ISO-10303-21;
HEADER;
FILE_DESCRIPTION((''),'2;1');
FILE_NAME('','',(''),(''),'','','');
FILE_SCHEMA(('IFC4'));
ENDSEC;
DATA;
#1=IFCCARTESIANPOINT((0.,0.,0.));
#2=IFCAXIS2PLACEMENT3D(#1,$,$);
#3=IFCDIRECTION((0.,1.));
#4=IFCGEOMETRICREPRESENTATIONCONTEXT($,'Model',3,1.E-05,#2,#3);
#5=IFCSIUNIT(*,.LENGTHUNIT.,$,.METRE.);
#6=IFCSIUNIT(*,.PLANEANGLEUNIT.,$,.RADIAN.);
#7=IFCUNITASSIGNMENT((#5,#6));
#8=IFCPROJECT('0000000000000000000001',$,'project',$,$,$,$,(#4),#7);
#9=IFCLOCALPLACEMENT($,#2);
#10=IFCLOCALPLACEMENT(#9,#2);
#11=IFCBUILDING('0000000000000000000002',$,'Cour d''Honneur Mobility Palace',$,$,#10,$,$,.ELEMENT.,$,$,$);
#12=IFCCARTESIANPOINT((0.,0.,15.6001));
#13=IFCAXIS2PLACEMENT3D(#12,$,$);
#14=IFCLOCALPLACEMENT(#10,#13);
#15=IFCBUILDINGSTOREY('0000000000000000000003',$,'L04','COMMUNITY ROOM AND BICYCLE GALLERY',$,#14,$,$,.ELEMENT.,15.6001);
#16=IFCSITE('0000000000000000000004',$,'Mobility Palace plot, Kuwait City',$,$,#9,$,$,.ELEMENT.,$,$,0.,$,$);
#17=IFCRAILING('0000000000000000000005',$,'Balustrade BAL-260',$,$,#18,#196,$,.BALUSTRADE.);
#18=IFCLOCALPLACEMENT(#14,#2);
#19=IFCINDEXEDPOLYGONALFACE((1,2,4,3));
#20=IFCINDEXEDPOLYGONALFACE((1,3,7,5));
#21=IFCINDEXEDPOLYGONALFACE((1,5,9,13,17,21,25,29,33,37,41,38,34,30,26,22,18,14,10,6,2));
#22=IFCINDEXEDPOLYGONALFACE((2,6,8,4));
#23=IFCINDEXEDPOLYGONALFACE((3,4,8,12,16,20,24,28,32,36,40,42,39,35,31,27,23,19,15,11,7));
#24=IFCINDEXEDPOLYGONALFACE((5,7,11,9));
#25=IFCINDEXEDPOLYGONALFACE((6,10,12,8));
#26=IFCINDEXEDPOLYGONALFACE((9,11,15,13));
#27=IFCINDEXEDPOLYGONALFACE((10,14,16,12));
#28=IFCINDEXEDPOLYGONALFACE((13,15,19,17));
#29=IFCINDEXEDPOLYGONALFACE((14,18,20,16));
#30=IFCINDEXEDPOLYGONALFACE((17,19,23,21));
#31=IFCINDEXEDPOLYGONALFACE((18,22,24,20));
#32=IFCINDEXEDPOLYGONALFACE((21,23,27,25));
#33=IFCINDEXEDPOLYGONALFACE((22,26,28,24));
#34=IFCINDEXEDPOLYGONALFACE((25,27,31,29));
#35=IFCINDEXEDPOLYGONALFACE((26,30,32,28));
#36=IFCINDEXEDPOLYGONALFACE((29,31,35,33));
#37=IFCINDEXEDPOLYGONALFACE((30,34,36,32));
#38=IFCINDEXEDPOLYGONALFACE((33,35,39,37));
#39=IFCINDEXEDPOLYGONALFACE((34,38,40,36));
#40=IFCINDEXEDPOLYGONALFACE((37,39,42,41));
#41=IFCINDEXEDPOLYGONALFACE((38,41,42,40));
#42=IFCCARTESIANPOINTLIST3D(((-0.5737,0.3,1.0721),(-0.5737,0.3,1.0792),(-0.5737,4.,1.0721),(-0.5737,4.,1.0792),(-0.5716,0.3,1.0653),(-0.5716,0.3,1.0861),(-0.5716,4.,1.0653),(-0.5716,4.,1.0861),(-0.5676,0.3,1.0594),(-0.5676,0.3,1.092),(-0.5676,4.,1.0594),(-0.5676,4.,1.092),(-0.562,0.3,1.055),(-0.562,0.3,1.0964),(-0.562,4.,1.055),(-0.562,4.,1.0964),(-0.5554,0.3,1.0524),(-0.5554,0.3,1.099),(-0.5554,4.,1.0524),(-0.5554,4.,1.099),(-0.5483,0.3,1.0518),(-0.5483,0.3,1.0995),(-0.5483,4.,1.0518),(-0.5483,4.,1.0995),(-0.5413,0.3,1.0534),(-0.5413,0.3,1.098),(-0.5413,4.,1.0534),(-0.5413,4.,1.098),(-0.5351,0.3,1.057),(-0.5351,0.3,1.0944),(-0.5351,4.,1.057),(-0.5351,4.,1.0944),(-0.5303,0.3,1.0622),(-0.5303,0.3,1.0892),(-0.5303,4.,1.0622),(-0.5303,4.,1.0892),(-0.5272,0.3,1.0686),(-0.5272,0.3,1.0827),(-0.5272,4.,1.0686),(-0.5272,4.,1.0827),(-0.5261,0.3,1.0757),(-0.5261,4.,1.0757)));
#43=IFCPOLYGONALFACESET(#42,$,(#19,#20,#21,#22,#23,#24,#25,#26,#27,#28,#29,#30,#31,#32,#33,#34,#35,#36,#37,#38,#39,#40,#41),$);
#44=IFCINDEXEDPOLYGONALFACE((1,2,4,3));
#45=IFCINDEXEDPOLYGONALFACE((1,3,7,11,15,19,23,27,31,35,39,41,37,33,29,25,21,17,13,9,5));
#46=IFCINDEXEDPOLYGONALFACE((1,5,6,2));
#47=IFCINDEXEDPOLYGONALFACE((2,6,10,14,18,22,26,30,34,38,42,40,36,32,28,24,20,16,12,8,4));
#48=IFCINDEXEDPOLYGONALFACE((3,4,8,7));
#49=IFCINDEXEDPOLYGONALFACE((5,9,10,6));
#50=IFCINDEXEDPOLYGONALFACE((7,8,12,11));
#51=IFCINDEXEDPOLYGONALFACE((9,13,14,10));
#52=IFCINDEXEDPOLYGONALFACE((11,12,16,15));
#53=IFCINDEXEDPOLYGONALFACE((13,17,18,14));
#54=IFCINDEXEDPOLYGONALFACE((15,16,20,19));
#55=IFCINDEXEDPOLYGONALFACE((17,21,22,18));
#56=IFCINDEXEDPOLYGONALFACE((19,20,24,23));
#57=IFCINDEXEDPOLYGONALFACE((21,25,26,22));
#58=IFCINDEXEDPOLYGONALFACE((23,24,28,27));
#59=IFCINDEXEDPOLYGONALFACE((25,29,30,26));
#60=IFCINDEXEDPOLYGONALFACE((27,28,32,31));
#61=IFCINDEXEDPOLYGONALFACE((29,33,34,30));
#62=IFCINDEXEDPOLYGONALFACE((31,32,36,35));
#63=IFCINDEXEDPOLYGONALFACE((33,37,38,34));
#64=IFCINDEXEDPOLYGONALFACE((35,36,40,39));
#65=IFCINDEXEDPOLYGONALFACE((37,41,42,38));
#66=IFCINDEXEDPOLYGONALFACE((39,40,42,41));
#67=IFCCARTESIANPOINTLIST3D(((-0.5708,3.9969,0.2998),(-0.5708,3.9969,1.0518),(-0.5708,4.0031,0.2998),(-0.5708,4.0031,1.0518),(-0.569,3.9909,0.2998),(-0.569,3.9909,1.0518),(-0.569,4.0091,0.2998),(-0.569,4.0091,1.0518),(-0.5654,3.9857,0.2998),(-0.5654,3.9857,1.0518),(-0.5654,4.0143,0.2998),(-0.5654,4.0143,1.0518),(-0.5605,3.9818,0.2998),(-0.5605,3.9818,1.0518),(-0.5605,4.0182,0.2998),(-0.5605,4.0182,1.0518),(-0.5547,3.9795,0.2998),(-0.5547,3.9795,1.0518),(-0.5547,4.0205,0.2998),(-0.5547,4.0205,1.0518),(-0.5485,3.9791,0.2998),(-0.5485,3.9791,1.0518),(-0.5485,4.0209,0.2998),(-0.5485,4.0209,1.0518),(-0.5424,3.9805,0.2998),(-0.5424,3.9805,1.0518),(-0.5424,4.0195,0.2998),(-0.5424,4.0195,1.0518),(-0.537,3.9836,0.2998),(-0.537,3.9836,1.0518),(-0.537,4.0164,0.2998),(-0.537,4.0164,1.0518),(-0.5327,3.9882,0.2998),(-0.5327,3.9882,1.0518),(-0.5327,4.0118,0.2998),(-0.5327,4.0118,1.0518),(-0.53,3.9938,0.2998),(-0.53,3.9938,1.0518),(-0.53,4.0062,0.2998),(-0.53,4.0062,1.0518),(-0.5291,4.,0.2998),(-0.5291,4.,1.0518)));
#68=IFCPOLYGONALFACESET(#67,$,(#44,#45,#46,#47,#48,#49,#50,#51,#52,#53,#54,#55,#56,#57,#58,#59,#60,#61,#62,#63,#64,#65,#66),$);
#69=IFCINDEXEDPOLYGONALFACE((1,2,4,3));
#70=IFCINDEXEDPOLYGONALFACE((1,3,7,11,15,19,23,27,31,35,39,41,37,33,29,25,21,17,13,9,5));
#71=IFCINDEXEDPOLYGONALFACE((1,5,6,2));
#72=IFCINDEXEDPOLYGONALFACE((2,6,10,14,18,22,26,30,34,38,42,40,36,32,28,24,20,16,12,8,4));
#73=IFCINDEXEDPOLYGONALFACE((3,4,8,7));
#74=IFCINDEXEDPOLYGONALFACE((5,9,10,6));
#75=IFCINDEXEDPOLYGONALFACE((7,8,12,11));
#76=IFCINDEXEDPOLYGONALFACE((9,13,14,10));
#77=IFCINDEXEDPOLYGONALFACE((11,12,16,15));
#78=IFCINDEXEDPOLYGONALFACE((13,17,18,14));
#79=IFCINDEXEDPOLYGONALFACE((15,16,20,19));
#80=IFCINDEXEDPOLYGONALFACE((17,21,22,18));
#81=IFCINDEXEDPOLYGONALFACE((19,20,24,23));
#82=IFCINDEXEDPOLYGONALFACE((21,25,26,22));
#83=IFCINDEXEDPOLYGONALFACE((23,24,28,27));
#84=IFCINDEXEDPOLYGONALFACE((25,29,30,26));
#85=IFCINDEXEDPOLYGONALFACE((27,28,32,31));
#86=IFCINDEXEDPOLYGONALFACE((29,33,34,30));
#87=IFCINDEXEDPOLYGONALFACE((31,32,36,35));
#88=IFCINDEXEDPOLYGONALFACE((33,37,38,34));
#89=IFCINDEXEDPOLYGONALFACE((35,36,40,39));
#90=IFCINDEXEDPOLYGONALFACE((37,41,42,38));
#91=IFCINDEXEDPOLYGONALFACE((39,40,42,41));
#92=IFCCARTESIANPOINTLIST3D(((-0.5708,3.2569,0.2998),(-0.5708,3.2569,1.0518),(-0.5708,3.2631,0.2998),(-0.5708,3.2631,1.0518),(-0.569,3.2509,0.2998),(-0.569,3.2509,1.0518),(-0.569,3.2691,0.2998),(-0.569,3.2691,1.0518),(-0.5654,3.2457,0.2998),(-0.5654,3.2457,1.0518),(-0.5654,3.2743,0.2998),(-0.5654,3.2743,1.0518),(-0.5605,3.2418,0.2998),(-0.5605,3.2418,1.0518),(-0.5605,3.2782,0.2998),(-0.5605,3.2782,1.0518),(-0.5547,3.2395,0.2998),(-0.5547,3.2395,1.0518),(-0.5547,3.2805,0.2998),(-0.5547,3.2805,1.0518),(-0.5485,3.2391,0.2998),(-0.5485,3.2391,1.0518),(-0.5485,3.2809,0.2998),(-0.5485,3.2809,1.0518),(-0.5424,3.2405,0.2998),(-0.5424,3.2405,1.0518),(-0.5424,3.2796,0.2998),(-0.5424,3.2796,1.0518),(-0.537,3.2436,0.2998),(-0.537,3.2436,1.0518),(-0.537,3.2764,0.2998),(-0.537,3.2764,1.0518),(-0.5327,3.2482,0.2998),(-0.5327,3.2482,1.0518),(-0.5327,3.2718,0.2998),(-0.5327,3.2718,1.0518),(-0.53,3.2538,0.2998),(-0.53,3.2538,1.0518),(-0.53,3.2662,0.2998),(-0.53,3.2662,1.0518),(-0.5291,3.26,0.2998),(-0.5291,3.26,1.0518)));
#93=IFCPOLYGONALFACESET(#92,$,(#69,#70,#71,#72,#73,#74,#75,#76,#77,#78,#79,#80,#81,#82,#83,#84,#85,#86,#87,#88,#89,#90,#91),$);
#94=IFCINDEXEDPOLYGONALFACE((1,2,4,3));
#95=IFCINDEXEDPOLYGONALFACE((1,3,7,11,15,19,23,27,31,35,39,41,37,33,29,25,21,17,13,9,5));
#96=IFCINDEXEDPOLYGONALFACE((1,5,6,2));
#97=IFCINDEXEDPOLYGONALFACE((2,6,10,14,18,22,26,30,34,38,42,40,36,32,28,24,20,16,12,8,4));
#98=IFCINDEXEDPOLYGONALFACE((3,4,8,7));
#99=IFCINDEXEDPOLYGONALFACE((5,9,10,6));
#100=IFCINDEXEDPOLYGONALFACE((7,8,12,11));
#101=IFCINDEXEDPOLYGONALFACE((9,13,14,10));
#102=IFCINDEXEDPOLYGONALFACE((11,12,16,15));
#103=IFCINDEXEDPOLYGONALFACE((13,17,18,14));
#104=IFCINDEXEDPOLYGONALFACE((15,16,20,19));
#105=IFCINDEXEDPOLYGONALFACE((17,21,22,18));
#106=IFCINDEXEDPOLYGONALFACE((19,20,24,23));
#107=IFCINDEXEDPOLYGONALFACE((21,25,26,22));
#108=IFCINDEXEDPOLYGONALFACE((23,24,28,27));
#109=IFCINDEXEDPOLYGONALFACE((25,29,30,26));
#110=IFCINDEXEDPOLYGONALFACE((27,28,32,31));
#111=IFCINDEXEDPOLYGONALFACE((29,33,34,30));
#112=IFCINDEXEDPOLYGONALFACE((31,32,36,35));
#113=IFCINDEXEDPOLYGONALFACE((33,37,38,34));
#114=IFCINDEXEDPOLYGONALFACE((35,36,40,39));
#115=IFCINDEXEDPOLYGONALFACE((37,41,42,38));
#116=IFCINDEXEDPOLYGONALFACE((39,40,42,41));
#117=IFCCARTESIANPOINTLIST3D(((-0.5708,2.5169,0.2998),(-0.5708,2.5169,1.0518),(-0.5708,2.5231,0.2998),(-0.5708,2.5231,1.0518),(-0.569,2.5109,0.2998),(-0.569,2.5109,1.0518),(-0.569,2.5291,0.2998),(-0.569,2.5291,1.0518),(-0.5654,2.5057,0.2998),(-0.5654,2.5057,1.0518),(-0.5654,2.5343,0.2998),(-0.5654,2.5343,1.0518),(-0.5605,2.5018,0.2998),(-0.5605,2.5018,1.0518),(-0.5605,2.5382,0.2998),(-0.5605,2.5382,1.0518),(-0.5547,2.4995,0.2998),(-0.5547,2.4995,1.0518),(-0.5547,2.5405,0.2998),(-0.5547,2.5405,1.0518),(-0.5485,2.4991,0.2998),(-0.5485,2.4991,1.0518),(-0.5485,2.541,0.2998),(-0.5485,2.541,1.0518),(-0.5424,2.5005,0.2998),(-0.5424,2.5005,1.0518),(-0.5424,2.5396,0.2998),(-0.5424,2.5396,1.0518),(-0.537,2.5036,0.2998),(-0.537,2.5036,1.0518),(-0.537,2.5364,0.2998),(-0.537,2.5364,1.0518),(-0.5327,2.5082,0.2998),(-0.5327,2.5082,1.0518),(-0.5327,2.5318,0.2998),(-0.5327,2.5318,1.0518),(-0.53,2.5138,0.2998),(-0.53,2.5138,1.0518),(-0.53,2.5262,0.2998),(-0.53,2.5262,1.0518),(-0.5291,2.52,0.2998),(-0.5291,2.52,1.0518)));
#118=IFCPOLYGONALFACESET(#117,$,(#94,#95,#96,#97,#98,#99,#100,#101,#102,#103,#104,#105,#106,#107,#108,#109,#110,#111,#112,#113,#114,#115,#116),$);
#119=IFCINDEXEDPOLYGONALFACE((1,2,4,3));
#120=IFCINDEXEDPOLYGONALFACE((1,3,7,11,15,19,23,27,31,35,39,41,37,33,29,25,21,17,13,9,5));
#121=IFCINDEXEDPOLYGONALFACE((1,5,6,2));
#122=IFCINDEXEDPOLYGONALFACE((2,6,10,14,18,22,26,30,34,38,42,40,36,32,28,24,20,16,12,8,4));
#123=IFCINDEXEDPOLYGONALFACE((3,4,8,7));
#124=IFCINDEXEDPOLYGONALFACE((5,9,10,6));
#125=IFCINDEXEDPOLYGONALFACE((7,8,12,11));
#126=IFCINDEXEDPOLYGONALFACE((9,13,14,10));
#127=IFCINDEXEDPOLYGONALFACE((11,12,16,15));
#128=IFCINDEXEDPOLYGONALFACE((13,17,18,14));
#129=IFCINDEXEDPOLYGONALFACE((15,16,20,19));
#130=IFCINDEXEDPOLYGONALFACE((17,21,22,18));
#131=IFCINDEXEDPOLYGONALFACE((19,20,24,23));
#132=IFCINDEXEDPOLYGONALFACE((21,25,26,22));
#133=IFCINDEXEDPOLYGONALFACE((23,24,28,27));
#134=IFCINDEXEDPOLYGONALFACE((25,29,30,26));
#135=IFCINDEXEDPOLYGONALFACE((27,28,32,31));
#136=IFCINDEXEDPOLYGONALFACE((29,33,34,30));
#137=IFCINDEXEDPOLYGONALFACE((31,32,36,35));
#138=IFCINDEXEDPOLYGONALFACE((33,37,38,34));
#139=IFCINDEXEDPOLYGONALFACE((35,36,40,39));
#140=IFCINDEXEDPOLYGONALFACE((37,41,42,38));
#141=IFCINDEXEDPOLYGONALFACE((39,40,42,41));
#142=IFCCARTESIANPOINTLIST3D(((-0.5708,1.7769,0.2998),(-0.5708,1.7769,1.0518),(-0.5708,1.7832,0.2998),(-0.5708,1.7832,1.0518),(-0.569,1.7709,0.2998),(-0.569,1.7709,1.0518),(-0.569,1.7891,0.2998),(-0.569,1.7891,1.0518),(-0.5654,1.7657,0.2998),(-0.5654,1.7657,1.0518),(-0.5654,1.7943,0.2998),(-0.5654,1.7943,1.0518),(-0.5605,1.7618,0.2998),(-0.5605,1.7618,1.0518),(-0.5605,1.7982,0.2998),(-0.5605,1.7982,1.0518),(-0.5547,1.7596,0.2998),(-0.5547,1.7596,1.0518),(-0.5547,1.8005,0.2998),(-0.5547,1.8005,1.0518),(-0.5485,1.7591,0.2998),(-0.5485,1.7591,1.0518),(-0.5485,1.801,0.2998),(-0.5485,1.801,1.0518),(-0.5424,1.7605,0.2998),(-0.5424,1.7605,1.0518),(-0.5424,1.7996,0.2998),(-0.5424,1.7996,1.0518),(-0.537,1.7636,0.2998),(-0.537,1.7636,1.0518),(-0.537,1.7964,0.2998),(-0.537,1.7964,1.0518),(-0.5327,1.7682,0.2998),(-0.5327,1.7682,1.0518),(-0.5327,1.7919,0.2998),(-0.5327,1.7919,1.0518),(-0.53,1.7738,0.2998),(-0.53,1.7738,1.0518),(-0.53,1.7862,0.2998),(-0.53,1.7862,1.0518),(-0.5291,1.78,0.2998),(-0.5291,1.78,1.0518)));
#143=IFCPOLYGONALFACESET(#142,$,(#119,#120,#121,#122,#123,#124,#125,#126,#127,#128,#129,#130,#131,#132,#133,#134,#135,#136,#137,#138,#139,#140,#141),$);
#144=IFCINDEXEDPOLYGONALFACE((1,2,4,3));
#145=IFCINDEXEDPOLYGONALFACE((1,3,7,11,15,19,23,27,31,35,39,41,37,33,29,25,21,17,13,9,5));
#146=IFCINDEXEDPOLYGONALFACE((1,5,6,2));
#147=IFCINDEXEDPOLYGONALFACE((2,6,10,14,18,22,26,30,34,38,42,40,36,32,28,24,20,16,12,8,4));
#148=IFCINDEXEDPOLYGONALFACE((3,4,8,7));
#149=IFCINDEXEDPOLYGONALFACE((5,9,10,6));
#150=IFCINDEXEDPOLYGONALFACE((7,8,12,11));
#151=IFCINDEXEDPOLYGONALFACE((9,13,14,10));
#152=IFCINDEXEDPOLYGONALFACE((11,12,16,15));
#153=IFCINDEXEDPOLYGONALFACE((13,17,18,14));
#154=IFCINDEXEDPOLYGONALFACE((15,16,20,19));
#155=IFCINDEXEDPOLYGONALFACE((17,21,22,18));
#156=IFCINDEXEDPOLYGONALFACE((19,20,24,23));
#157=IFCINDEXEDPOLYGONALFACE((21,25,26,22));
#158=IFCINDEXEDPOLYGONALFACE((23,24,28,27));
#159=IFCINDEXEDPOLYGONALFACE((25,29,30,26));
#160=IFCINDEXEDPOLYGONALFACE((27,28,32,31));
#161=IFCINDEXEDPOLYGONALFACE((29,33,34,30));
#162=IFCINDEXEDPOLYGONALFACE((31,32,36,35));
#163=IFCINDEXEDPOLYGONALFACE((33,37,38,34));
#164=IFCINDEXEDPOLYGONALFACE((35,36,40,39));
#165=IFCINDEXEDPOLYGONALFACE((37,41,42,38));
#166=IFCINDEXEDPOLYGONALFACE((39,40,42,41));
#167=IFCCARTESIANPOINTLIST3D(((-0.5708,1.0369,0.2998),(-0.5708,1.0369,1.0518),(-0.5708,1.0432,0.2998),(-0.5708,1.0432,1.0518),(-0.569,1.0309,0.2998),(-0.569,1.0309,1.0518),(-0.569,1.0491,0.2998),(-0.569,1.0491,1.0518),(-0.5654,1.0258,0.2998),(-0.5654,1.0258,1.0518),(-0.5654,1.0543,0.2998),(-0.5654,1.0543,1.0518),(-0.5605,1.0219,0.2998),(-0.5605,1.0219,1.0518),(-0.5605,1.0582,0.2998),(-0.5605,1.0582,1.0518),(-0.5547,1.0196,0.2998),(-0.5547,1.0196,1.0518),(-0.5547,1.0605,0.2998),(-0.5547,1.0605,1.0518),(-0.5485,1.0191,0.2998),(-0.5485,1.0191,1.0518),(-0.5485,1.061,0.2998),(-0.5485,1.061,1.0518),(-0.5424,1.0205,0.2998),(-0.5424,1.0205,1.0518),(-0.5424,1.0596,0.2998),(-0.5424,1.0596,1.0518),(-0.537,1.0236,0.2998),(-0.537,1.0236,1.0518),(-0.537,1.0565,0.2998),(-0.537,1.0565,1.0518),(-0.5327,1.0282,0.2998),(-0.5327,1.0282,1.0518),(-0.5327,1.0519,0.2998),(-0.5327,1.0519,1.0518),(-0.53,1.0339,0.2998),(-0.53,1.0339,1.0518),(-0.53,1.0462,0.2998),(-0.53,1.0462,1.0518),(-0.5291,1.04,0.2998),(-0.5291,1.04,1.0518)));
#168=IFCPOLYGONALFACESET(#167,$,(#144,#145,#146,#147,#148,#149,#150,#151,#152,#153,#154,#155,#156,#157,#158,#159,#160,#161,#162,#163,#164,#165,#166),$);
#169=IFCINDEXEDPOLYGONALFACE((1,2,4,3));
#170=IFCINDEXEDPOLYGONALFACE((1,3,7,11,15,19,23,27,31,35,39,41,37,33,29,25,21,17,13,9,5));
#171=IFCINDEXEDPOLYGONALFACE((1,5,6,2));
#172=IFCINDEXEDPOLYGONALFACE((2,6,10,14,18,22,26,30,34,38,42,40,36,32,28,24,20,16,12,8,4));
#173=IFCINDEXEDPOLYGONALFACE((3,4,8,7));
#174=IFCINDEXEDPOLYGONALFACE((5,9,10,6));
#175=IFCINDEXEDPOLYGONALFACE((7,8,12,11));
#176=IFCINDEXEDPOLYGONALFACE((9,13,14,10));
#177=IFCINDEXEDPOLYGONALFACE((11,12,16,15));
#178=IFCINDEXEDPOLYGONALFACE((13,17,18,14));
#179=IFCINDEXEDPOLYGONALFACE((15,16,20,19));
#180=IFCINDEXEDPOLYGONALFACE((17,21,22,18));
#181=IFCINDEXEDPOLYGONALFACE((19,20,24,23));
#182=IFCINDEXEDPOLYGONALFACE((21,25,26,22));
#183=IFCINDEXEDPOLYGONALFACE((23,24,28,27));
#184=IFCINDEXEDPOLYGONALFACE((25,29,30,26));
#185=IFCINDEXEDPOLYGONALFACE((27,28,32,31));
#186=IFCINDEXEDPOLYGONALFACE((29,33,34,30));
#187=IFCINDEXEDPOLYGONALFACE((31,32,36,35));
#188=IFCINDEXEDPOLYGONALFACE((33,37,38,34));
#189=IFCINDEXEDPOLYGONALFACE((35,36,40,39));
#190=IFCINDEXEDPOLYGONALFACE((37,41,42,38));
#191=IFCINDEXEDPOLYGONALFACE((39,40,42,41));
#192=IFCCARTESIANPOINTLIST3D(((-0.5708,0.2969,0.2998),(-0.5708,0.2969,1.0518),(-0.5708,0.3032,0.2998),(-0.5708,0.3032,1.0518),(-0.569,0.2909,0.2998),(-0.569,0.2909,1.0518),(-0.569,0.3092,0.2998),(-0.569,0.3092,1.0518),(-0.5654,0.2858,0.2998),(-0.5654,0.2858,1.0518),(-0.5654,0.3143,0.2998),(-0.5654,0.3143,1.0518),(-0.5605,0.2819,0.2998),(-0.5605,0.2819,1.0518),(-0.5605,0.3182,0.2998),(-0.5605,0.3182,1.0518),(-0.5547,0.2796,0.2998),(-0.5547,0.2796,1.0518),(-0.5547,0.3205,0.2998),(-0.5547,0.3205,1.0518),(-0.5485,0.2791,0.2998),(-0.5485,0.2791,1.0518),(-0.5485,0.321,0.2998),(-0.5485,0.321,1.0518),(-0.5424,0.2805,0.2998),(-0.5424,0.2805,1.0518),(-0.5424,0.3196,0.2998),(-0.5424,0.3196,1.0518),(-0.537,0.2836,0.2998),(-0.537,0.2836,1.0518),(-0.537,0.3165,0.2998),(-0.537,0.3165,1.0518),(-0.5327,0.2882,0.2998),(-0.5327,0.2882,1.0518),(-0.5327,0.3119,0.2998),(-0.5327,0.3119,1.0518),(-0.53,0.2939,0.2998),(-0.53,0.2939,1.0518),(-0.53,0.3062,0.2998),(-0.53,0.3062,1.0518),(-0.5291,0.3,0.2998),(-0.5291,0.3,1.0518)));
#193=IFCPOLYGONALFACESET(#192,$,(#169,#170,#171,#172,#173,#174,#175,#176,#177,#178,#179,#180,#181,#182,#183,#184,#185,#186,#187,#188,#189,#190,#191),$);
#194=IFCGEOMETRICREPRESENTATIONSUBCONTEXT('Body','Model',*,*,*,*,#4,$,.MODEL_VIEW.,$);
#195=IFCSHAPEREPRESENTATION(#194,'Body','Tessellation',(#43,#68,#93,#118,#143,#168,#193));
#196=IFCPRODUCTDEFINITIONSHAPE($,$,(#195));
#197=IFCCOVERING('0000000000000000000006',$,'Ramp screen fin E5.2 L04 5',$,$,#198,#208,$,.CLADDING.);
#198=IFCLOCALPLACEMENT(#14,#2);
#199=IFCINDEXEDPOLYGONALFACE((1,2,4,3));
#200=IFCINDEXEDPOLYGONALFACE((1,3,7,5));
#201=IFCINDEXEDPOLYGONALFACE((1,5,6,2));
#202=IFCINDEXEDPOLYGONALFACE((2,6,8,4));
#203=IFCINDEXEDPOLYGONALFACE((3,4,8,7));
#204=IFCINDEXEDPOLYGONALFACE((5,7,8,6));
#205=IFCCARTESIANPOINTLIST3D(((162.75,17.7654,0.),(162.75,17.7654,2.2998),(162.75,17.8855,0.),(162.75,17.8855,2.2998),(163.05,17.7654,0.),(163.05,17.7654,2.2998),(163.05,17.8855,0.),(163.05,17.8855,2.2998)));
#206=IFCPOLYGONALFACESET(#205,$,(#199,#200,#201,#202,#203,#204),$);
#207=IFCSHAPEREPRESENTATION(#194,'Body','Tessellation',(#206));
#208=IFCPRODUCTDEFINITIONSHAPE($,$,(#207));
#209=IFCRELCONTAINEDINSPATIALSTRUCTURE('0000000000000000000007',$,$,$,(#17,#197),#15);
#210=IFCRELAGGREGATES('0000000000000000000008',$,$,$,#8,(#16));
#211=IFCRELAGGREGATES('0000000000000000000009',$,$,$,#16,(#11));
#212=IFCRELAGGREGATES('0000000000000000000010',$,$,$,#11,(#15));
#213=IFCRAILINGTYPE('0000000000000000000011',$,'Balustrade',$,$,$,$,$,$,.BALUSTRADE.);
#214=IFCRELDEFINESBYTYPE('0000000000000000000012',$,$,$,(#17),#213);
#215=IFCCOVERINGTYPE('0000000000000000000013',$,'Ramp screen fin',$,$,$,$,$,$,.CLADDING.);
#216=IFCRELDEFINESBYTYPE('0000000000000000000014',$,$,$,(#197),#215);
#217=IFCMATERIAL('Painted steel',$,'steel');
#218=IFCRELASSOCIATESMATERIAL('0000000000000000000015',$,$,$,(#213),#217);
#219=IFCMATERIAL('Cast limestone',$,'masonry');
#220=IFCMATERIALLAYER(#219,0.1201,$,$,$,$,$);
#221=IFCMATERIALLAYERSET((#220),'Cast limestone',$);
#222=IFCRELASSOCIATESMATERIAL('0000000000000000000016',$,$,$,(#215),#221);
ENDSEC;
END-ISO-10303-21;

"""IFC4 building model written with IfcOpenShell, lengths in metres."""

from ifc_helpers import new_model, si_unit, direction, frame, origin, origin_2d, place, context, subcontext, project, spatial, polyline, circle, outline, extrude, material, layer, layer_set, type_object, element, save


model = new_model("IFC4")

# Units and contexts
model_context = context("Model", 3, precision=1e-05, world=origin(), true_north=direction((0.0, 1.0)))
body_context = subcontext(model_context, "Body", "Model", "MODEL_VIEW")
ifc_project = project(units=[si_unit("LENGTHUNIT", "METRE"), si_unit("PLANEANGLEUNIT", "RADIAN")], contexts=[model_context])

# Site, building, storey
site_placement = place(None, origin())
site = spatial("IfcSite", under=ifc_project, at=site_placement, Name="Mobility Palace plot, Kuwait City", CompositionType="ELEMENT", RefElevation=0.0)
building_placement = place(site_placement, origin())
building = spatial("IfcBuilding", under=site, at=building_placement, Name="Cour d'Honneur Mobility Palace", CompositionType="ELEMENT")
storey_placement = place(building_placement, frame((0.0, 0.0, 15.6001)))
storey = spatial("IfcBuildingStorey", under=building, at=storey_placement, Name="L04", Description="COMMUNITY ROOM AND BICYCLE GALLERY", CompositionType="ELEMENT", Elevation=15.6001)

# Railing
ifc_material_1 = material(Name="Painted steel", Category="steel")
railing_type = type_object("IfcRailingType", Name="Balustrade", PredefinedType="BALUSTRADE", material=ifc_material_1)
railing_placement = place(storey_placement, frame((-0.55, 4.0, 0.2998)))
element("IfcRailing", 1, at=railing_placement, inside=storey, type_object=railing_type, Name="Balustrade BAL-260", PredefinedType="BALUSTRADE", context=body_context, shape_type="SweptSolid", body=[
    extrude(circle(Radius=0.0239, at=origin_2d()), frame((0.0, 0.0, 0.7759), z_axis=(0.0, -1.0, 0.0), x_axis=(1.0, 0.0, 0.0)), (0.0, 0.0, 1.0), 3.7),
    extrude(circle(Radius=0.021, at=origin_2d()), origin(), (0.0, 0.0, 1.0), 0.752),
    extrude(circle(Radius=0.021, at=origin_2d()), frame((0.0, -0.74, 0.0)), (0.0, 0.0, 1.0), 0.752),
    extrude(circle(Radius=0.021, at=origin_2d()), frame((0.0, -1.48, 0.0)), (0.0, 0.0, 1.0), 0.752),
    extrude(circle(Radius=0.021, at=origin_2d()), frame((0.0, -2.22, 0.0)), (0.0, 0.0, 1.0), 0.752),
    extrude(circle(Radius=0.021, at=origin_2d()), frame((0.0, -2.96, 0.0)), (0.0, 0.0, 1.0), 0.752),
    extrude(circle(Radius=0.021, at=origin_2d()), frame((0.0, -3.7, 0.0)), (0.0, 0.0, 1.0), 0.752),
])

# Covering
ifc_material_2 = material(Name="Cast limestone", Category="masonry")
ifc_layer_1 = layer(ifc_material_2, 0.1201)
ifc_layer_set_1 = layer_set([ifc_layer_1], Name="Cast limestone")
covering_type_1 = type_object("IfcCoveringType", Name="Ramp screen fin", PredefinedType="CLADDING", material=ifc_layer_set_1)
covering_1_placement = place(storey_placement, origin())
element("IfcCovering", 2, at=covering_1_placement, inside=storey, type_object=covering_type_1, Name="Ramp screen fin E5.2 L04 5", PredefinedType="CLADDING", context=body_context, shape_type="SweptSolid", body=[
    extrude(outline(polyline([(162.75, 17.7654), (162.75, 17.8855), (163.05, 17.8855), (163.05, 17.7654), (162.75, 17.7654)])), origin(), (0.0, 0.0, 1.0), 2.2998),
])

save(model, "model.ifc")
